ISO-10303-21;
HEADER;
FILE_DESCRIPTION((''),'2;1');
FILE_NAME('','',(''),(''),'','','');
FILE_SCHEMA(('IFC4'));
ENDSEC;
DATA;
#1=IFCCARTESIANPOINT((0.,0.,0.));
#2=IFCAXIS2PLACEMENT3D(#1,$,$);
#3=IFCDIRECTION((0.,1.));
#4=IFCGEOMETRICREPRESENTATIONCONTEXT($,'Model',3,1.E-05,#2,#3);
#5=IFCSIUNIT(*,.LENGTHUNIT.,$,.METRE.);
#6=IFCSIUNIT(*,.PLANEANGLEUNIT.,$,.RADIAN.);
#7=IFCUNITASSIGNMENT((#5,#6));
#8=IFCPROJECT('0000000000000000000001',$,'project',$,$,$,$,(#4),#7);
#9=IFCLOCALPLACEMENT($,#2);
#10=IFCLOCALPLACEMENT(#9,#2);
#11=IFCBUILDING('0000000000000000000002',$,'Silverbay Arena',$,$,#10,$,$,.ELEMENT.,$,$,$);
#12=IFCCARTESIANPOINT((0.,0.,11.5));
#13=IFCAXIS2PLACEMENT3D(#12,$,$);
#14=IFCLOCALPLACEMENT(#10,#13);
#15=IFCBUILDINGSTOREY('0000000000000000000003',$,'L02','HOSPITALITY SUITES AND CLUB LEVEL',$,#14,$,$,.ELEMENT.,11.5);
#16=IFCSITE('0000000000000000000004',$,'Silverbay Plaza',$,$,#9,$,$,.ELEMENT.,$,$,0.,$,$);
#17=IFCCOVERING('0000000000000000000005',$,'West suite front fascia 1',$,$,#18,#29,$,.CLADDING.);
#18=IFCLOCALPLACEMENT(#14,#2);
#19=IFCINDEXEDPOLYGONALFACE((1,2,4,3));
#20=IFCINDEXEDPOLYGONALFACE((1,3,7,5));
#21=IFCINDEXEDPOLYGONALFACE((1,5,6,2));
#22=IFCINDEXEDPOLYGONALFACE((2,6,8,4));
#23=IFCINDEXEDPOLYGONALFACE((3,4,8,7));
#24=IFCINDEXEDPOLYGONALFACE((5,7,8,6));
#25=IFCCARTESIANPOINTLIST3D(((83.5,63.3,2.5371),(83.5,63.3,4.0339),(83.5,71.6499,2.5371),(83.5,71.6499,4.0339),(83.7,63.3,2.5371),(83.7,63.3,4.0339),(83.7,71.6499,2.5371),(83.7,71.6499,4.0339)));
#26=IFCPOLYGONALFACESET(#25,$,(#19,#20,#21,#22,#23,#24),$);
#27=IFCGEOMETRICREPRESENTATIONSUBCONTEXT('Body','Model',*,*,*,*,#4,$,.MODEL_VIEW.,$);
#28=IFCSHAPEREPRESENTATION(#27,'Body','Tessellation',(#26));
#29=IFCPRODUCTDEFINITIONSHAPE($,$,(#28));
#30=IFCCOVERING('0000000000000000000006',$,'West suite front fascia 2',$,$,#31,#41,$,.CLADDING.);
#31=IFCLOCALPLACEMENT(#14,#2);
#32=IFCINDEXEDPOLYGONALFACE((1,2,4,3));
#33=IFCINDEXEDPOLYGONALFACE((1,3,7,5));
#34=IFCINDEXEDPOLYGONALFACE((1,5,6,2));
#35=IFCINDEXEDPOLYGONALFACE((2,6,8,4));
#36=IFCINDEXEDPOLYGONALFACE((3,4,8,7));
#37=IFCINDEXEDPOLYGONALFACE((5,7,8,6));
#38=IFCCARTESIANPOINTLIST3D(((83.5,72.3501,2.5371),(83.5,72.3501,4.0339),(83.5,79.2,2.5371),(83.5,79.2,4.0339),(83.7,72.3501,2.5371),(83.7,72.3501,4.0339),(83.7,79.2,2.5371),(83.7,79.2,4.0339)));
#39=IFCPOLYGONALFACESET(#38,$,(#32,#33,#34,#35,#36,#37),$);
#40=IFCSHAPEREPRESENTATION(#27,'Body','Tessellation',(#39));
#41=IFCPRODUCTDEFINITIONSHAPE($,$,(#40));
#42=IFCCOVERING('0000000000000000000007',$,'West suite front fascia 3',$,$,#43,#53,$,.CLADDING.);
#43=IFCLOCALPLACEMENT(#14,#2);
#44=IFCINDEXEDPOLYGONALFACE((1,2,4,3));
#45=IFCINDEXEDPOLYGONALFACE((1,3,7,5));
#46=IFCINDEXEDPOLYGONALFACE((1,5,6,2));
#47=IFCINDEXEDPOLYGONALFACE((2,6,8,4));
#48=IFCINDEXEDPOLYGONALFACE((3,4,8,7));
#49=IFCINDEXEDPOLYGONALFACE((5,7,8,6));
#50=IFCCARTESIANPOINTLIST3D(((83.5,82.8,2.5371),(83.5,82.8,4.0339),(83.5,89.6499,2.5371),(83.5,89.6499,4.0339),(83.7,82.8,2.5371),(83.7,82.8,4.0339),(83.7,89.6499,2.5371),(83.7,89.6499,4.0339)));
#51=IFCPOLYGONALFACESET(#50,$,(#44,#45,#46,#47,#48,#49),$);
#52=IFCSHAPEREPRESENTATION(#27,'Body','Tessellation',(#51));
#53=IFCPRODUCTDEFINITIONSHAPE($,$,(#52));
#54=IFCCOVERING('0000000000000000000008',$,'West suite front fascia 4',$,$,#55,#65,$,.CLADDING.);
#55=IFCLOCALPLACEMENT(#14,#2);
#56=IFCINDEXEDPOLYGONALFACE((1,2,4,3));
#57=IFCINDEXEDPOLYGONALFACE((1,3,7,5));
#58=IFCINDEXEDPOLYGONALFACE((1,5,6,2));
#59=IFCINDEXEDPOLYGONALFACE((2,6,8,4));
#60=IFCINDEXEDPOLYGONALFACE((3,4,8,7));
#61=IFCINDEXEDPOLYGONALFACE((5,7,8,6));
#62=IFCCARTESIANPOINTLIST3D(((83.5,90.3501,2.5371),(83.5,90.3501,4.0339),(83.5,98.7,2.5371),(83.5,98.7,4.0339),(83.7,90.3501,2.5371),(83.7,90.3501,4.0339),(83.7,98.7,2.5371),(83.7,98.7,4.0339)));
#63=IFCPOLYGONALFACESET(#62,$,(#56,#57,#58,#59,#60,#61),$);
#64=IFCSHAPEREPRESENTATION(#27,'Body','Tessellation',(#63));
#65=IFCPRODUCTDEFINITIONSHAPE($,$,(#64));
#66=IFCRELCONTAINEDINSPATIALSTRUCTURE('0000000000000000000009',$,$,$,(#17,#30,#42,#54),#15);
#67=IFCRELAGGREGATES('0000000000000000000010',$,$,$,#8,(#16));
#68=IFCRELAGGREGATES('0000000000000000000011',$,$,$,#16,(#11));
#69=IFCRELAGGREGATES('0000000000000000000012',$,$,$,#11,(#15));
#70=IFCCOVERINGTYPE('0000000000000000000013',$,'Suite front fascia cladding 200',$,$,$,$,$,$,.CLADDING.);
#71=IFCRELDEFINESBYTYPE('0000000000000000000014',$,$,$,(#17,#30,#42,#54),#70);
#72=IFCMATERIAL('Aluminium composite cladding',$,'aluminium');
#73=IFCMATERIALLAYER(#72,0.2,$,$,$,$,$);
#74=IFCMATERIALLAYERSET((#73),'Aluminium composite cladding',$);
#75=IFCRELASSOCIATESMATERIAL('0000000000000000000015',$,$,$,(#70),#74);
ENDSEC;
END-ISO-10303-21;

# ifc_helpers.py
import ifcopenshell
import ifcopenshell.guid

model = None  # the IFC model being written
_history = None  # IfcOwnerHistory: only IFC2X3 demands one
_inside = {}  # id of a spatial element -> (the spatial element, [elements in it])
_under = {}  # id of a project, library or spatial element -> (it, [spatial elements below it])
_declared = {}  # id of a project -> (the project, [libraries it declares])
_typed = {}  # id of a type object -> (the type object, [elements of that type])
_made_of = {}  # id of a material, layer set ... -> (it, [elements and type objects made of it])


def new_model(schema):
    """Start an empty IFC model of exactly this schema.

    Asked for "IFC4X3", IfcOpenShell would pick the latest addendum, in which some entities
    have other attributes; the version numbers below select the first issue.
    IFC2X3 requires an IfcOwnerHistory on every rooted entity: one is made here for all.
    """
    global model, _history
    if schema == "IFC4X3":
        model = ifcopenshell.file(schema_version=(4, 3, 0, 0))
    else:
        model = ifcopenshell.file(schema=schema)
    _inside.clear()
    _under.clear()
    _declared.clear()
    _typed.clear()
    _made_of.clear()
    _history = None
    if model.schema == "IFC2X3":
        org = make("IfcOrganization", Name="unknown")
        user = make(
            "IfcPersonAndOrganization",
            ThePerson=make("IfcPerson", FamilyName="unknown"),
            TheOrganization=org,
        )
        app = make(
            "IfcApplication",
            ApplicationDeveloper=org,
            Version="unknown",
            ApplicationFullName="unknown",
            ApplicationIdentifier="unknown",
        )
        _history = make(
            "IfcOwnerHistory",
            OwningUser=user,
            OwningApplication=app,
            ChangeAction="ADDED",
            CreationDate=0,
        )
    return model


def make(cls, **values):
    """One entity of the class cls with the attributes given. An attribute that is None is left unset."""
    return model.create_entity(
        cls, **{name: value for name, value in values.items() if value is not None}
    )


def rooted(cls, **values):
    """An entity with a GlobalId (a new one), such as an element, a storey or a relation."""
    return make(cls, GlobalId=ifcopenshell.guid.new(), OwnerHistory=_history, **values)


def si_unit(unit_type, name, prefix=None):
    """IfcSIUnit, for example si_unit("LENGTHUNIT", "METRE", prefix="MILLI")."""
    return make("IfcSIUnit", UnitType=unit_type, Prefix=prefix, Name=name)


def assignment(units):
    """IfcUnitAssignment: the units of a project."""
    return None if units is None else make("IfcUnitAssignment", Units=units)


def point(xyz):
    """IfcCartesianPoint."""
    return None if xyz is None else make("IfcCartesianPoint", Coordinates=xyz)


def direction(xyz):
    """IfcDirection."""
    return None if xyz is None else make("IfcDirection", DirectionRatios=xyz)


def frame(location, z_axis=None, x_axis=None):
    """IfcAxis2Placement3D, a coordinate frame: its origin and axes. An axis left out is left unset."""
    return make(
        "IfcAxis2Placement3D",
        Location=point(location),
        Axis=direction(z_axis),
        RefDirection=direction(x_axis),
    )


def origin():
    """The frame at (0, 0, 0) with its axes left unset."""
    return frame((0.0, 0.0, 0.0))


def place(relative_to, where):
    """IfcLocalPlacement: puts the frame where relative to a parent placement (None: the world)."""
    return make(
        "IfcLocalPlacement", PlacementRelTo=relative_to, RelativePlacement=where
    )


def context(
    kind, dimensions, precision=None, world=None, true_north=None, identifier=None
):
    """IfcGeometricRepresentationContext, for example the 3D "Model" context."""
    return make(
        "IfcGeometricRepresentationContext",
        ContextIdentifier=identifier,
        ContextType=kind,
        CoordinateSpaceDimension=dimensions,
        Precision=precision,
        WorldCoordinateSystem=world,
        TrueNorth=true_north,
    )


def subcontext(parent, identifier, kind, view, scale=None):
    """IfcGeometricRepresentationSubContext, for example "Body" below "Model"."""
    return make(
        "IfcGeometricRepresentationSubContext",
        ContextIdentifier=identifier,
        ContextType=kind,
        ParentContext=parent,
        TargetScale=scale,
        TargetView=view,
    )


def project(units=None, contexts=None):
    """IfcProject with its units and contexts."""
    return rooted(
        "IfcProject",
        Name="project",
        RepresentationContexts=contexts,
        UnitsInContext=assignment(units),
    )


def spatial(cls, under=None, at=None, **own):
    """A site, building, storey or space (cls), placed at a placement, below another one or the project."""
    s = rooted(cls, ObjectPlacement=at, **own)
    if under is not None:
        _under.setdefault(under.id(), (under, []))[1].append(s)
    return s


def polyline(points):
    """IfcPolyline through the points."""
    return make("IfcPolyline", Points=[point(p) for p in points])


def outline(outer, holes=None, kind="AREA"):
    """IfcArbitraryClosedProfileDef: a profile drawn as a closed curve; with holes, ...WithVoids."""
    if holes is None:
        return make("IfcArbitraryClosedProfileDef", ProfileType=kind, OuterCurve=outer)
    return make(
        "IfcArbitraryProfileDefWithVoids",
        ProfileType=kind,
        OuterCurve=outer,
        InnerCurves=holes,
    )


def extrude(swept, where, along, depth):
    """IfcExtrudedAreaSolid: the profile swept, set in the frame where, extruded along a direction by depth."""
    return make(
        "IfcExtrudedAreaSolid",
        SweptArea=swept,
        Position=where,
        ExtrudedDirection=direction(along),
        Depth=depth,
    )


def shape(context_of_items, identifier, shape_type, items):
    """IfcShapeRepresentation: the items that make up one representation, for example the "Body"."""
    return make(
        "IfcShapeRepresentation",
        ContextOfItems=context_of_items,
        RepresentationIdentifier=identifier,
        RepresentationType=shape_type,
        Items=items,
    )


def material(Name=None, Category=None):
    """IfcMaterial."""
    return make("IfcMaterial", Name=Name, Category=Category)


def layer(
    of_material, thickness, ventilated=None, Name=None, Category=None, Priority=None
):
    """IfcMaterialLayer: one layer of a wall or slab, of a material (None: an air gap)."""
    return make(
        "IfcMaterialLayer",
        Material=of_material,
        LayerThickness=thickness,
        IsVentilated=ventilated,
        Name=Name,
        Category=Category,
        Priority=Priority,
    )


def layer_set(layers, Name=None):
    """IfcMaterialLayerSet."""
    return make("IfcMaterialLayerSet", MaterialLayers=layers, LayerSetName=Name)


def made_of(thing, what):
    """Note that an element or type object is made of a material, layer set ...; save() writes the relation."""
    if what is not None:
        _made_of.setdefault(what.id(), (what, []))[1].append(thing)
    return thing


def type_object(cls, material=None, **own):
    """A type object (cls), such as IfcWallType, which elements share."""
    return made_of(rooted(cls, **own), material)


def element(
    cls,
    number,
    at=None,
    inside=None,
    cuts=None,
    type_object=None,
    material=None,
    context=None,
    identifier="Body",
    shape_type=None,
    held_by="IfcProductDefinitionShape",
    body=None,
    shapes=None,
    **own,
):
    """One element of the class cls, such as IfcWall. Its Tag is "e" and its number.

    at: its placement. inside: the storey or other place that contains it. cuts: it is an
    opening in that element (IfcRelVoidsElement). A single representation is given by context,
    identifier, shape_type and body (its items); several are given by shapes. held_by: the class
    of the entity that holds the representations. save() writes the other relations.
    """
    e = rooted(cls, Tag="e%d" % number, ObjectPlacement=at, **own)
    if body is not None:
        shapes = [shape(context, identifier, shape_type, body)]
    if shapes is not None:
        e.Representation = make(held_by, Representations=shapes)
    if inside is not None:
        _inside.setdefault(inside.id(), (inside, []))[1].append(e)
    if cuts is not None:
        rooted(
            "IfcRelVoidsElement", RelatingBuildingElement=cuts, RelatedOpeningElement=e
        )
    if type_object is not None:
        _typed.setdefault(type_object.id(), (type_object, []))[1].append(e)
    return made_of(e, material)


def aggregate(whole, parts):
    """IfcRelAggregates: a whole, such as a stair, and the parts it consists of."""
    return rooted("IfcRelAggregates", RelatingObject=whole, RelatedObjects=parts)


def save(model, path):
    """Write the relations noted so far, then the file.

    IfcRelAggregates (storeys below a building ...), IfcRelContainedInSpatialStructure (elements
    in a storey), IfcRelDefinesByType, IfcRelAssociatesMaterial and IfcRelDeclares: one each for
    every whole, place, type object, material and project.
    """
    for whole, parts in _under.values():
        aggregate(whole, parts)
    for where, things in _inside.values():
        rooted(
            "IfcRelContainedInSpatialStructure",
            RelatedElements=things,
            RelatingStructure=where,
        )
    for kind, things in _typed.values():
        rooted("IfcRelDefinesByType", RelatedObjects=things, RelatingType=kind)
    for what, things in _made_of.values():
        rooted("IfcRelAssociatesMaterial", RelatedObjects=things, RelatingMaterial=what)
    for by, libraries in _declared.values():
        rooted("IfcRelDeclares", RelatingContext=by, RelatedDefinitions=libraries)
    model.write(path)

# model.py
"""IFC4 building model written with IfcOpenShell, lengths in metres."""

from ifc_helpers import new_model, si_unit, direction, frame, origin, place, context, subcontext, project, spatial, polyline, outline, extrude, material, layer, layer_set, type_object, element, save


model = new_model("IFC4")

# Units and contexts
model_context = context("Model", 3, precision=1e-05, world=origin(), true_north=direction((0.0, 1.0)))
body_context = subcontext(model_context, "Body", "Model", "MODEL_VIEW")
ifc_project = project(units=[si_unit("LENGTHUNIT", "METRE"), si_unit("PLANEANGLEUNIT", "RADIAN")], contexts=[model_context])

# Site, building, storey
site_placement = place(None, origin())
site = spatial("IfcSite", under=ifc_project, at=site_placement, Name="Silverbay Plaza", CompositionType="ELEMENT", RefElevation=0.0)
building_placement = place(site_placement, origin())
building = spatial("IfcBuilding", under=site, at=building_placement, Name="Silverbay Arena", CompositionType="ELEMENT")
storey_placement = place(building_placement, frame((0.0, 0.0, 11.5)))
storey = spatial("IfcBuildingStorey", under=building, at=storey_placement, Name="L02", Description="HOSPITALITY SUITES AND CLUB LEVEL", CompositionType="ELEMENT", Elevation=11.5)

# Coverings
ifc_material_1 = material(Name="Aluminium composite cladding", Category="aluminium")
ifc_layer_1 = layer(ifc_material_1, 0.2)
ifc_layer_set_1 = layer_set([ifc_layer_1], Name="Aluminium composite cladding")
covering_type = type_object("IfcCoveringType", Name="Suite front fascia cladding 200", PredefinedType="CLADDING", material=ifc_layer_set_1)
covering_1_placement = place(storey_placement, frame((0.0, 0.0, 2.5371)))
element("IfcCovering", 1, at=covering_1_placement, inside=storey, type_object=covering_type, Name="West suite front fascia 1", PredefinedType="CLADDING", context=body_context, shape_type="SweptSolid", body=[
    extrude(outline(polyline([(83.5, 63.3), (83.5, 71.6499), (83.7, 71.6499), (83.7, 63.3), (83.5, 63.3)])), origin(), (0.0, 0.0, 1.0), 1.4968),
])
covering_2_placement = place(storey_placement, frame((0.0, 0.0, 2.5371)))
element("IfcCovering", 2, at=covering_2_placement, inside=storey, type_object=covering_type, Name="West suite front fascia 2", PredefinedType="CLADDING", context=body_context, shape_type="SweptSolid", body=[
    extrude(outline(polyline([(83.5, 72.3501), (83.5, 79.2), (83.7, 79.2), (83.7, 72.3501), (83.5, 72.3501)])), origin(), (0.0, 0.0, 1.0), 1.4968),
])
covering_3_placement = place(storey_placement, frame((0.0, 0.0, 2.5371)))
element("IfcCovering", 3, at=covering_3_placement, inside=storey, type_object=covering_type, Name="West suite front fascia 3", PredefinedType="CLADDING", context=body_context, shape_type="SweptSolid", body=[
    extrude(outline(polyline([(83.5, 82.8), (83.5, 89.6499), (83.7, 89.6499), (83.7, 82.8), (83.5, 82.8)])), origin(), (0.0, 0.0, 1.0), 1.4968),
])
covering_4_placement = place(storey_placement, frame((0.0, 0.0, 2.5371)))
element("IfcCovering", 4, at=covering_4_placement, inside=storey, type_object=covering_type, Name="West suite front fascia 4", PredefinedType="CLADDING", context=body_context, shape_type="SweptSolid", body=[
    extrude(outline(polyline([(83.5, 90.3501), (83.5, 98.7), (83.7, 98.7), (83.7, 90.3501), (83.5, 90.3501)])), origin(), (0.0, 0.0, 1.0), 1.4968),
])

save(model, "model.ifc")
